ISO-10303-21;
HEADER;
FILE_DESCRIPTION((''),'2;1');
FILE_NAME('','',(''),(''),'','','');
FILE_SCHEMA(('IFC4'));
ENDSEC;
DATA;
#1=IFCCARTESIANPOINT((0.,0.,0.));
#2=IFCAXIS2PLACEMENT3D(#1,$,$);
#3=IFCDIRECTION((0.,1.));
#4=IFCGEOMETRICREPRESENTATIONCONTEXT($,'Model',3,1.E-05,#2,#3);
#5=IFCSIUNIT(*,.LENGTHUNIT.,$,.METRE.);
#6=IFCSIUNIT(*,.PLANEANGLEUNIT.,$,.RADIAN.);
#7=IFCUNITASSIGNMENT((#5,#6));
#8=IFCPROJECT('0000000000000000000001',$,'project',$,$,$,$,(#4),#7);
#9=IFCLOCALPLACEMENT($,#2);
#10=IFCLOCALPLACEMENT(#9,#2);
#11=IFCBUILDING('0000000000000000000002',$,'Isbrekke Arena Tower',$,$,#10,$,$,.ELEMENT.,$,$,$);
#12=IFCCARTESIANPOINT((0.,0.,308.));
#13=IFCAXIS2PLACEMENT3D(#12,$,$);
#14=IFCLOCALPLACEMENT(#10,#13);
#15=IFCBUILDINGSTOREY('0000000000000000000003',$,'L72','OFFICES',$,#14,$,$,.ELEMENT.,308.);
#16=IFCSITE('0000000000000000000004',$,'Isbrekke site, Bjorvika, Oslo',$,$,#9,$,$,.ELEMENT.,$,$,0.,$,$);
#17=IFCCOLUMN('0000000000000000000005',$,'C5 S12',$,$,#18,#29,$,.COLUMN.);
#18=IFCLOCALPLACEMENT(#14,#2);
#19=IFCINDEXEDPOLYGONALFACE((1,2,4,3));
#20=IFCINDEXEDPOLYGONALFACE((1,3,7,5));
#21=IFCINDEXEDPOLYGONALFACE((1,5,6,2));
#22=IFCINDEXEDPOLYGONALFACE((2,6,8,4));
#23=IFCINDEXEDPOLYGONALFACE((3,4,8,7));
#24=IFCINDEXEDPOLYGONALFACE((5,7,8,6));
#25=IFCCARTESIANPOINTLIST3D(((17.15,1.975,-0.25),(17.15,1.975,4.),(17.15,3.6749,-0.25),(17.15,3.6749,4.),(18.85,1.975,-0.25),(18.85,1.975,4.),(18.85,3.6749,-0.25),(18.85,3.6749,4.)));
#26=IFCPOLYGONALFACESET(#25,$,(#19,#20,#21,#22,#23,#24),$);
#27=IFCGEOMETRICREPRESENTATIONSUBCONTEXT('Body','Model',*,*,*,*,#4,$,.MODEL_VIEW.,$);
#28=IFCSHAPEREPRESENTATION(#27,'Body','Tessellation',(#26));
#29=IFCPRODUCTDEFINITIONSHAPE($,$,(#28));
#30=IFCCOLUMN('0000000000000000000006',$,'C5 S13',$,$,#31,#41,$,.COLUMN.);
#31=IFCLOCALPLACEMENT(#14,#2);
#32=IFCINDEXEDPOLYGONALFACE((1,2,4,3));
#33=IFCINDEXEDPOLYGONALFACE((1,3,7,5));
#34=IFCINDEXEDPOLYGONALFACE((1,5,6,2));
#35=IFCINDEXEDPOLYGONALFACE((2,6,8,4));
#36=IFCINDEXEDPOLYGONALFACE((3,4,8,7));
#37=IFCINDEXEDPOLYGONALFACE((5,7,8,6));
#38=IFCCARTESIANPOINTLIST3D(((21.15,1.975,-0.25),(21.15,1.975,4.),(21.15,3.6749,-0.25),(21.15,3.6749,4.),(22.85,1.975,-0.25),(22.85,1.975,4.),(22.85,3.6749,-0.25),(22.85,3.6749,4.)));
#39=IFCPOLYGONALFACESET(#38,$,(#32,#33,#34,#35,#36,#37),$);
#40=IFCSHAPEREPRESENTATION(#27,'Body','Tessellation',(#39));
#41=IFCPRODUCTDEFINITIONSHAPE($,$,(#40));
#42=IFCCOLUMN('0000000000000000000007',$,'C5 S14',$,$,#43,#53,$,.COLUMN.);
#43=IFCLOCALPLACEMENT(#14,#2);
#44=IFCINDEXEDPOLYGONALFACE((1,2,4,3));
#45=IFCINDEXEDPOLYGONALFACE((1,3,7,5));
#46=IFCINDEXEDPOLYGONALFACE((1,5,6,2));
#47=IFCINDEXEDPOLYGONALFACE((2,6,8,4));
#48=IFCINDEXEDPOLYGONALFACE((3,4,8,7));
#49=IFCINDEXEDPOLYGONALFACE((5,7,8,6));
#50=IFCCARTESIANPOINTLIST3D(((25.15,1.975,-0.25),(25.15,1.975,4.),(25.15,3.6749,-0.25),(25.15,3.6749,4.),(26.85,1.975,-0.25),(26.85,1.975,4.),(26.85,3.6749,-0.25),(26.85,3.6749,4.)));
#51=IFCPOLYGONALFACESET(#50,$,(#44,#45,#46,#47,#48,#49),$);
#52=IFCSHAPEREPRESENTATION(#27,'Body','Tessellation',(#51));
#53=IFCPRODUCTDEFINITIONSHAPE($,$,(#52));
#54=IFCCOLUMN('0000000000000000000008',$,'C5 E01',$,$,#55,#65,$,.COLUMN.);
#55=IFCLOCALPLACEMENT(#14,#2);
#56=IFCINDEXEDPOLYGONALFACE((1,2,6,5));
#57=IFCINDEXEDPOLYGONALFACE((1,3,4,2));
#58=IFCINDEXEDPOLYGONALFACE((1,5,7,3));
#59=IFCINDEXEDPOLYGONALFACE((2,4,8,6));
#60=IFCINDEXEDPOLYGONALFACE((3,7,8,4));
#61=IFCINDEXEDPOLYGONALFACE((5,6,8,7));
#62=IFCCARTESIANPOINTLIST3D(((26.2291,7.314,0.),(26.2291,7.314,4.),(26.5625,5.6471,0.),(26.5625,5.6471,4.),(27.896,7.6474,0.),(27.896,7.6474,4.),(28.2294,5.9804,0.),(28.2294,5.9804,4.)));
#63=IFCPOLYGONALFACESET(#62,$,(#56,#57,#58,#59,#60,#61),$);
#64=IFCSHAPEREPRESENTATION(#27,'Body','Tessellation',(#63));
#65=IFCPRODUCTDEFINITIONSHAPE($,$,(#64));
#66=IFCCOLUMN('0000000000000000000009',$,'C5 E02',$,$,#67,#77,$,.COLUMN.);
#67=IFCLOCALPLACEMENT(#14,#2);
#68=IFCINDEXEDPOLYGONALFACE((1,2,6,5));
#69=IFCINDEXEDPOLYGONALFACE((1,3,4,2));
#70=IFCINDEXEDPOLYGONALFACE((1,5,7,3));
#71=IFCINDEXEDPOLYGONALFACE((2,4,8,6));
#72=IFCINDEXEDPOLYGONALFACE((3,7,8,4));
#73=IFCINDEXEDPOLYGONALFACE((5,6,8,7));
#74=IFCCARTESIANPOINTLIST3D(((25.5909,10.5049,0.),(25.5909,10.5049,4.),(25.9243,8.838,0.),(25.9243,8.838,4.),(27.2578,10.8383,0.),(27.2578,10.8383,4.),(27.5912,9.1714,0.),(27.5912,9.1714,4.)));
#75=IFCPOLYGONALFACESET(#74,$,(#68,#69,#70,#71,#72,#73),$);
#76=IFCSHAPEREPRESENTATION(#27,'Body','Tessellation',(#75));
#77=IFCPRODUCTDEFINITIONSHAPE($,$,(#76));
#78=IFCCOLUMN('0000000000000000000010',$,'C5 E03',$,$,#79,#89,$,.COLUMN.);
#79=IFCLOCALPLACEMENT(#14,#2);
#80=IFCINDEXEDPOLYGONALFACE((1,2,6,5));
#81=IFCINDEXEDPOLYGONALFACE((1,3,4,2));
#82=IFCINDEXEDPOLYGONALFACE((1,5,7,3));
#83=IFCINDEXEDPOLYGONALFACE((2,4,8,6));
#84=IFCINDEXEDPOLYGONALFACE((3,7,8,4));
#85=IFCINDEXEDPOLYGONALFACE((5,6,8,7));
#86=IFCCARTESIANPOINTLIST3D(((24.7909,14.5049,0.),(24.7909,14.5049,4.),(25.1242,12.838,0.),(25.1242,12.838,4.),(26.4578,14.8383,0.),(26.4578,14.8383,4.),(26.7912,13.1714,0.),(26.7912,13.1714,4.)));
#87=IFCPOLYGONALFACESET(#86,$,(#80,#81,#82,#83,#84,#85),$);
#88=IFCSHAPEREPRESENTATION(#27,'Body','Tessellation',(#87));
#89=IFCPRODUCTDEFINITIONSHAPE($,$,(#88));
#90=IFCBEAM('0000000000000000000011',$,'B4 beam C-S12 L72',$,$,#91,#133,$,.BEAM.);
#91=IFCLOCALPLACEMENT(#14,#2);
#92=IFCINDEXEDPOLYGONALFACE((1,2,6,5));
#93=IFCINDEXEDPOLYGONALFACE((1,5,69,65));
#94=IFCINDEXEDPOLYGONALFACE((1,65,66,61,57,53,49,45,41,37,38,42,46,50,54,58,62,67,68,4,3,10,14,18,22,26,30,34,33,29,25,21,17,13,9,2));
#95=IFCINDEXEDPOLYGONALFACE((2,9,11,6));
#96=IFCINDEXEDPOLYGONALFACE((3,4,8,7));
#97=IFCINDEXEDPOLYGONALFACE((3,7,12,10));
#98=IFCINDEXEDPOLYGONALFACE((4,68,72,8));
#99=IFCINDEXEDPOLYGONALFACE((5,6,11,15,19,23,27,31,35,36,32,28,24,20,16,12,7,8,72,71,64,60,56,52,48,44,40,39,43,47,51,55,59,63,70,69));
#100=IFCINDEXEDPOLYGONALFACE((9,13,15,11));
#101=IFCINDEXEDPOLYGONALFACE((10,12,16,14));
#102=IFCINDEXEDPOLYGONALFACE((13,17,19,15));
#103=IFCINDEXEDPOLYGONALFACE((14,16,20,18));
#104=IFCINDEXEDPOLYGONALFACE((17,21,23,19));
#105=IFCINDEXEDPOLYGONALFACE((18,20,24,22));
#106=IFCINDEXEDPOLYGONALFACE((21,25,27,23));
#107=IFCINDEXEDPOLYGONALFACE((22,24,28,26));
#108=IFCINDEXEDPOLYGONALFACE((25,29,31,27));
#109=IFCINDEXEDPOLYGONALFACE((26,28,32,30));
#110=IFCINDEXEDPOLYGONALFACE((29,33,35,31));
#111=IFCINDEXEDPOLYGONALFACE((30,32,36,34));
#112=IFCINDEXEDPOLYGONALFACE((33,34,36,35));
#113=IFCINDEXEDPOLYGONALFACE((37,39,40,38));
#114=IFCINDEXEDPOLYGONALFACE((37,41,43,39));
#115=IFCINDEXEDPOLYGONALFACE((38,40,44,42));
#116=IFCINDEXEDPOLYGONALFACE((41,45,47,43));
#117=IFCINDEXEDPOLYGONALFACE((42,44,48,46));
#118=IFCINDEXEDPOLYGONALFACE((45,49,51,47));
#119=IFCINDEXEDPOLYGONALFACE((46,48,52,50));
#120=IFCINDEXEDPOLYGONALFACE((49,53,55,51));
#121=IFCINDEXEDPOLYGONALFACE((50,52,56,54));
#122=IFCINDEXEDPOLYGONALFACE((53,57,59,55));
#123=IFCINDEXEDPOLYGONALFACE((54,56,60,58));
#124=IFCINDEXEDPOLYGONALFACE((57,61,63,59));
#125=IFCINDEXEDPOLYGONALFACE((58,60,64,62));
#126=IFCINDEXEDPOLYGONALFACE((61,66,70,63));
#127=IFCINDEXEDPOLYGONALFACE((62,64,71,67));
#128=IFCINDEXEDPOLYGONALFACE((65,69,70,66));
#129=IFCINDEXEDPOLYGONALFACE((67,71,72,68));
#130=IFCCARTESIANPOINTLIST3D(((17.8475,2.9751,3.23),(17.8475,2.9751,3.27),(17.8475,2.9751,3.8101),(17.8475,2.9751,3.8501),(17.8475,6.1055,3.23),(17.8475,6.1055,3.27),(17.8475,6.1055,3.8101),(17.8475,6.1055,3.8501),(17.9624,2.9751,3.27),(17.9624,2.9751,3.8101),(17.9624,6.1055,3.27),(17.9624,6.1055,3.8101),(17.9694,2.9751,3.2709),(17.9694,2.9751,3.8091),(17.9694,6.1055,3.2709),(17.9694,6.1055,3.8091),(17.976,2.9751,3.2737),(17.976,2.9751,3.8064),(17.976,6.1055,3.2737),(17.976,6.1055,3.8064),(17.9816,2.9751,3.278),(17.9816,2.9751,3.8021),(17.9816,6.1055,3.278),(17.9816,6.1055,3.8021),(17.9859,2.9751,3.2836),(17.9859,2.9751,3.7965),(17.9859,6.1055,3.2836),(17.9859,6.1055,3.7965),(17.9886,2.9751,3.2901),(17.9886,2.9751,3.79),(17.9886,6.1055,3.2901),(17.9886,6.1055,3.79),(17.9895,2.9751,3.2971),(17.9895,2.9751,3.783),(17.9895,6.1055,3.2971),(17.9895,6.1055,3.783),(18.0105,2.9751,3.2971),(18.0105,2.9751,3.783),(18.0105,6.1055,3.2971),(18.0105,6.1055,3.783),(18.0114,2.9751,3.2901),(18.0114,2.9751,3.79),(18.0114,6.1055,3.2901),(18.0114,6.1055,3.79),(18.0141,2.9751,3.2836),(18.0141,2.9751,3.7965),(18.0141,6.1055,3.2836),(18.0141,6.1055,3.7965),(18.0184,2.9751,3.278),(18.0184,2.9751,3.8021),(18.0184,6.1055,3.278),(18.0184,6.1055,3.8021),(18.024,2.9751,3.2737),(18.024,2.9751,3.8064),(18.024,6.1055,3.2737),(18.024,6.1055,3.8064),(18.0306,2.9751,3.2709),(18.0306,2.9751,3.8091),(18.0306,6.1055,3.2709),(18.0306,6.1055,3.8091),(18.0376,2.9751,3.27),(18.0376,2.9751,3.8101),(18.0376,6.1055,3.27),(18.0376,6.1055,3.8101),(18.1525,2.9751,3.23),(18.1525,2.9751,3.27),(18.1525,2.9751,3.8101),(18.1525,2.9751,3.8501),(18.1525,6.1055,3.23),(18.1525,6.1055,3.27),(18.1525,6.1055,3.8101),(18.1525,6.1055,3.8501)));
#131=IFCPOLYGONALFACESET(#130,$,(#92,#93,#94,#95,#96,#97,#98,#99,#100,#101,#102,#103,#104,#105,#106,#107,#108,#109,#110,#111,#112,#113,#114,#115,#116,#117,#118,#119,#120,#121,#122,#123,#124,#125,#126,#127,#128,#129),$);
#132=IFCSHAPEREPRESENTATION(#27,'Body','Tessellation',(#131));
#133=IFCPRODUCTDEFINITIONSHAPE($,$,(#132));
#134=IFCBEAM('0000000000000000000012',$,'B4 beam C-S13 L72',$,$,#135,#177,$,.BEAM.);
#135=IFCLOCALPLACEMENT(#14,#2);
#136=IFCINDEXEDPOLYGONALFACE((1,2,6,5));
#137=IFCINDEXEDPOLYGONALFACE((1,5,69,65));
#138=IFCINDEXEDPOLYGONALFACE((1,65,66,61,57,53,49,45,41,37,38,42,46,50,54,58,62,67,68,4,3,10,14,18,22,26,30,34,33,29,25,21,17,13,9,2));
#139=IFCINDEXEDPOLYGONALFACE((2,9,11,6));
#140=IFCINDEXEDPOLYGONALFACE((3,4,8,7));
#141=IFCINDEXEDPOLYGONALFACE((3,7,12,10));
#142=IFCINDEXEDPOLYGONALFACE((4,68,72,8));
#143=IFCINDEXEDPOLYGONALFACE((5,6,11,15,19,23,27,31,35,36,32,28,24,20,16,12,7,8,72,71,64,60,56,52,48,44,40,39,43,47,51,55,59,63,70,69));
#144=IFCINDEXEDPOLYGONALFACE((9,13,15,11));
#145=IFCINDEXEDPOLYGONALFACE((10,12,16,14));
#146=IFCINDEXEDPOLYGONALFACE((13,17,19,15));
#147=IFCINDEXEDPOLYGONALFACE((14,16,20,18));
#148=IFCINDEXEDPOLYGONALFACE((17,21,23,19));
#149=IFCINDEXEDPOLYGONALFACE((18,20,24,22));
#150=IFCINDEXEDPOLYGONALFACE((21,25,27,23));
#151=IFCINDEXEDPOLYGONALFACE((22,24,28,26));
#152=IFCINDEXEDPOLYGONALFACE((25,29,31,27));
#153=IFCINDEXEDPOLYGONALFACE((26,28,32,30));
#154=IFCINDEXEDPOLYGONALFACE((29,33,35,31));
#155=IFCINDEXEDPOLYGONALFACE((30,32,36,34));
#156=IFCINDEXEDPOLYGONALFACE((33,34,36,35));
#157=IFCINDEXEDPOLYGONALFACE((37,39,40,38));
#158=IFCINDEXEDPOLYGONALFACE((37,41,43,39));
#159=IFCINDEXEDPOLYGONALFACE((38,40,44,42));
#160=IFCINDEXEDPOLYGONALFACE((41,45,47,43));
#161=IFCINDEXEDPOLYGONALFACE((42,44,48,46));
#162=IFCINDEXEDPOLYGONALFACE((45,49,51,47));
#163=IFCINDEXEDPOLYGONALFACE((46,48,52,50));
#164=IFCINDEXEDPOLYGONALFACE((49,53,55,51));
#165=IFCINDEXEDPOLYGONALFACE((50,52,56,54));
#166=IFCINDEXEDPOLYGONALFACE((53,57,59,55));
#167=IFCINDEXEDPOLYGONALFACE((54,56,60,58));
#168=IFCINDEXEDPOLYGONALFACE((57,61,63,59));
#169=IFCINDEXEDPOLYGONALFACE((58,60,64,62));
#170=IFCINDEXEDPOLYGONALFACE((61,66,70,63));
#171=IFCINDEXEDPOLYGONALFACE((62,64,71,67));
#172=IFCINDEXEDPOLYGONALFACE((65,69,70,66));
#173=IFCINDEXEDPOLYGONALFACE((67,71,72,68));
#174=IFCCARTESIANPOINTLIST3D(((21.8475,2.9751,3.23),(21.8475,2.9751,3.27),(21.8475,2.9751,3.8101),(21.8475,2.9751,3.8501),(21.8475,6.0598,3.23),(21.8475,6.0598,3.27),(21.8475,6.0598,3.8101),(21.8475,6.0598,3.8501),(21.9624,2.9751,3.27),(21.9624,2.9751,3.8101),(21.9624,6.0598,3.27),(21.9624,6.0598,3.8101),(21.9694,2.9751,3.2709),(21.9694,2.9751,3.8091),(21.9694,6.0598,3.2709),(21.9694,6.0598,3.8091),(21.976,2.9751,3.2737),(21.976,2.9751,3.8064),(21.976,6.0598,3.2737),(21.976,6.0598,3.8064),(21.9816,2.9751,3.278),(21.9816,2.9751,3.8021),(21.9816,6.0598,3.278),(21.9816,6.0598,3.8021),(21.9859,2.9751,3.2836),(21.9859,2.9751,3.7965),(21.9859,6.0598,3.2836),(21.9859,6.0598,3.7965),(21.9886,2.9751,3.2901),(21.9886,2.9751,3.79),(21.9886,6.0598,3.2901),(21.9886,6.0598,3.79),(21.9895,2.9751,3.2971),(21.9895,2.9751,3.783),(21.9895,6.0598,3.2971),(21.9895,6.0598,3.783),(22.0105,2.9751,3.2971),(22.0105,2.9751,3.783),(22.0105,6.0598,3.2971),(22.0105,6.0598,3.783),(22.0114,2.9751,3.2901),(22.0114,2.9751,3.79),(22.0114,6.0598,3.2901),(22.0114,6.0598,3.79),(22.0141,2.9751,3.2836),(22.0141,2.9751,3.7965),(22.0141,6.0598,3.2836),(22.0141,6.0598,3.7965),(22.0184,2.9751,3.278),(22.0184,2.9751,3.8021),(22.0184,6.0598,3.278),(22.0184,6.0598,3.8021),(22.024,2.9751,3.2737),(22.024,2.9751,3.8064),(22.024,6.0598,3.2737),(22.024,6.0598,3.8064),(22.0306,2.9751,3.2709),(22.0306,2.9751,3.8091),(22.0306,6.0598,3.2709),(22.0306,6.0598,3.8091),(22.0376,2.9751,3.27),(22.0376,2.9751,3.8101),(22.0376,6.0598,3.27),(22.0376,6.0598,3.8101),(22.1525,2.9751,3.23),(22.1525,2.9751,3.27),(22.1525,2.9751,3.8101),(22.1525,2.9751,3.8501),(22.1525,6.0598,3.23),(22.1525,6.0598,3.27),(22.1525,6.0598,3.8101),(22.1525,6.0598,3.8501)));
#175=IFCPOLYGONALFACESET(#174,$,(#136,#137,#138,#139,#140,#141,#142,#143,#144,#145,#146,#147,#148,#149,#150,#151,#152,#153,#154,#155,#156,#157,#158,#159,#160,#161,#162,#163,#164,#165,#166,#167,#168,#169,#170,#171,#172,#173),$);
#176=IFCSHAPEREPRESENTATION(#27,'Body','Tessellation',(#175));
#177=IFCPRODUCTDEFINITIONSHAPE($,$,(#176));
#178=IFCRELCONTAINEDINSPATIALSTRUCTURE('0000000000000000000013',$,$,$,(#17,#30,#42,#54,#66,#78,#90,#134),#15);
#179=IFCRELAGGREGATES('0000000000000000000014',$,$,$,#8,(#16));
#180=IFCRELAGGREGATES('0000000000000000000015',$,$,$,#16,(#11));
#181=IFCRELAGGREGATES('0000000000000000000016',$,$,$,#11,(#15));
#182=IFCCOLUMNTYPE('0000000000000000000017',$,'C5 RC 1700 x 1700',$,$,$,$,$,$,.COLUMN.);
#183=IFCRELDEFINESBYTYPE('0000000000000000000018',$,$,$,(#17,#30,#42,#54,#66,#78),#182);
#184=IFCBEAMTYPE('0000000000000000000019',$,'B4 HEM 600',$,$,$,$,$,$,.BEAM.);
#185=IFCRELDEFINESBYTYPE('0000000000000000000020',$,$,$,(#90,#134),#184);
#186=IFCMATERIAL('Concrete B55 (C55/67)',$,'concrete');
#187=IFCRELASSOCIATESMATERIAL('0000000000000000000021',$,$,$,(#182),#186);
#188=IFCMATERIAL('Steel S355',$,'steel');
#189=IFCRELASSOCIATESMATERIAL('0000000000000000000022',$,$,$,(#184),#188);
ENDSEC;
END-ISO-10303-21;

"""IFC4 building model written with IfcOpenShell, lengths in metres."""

from ifc_helpers import new_model, si_unit, direction, frame, origin, origin_2d, place, context, subcontext, project, spatial, rectangle, i_section, extrude, material, material_profile, profile_set, type_object, element, save


model = new_model("IFC4")

# Units and contexts
model_context = context("Model", 3, precision=1e-05, world=origin(), true_north=direction((0.0, 1.0)))
body_context = subcontext(model_context, "Body", "Model", "MODEL_VIEW")
ifc_project = project(units=[si_unit("LENGTHUNIT", "METRE"), si_unit("PLANEANGLEUNIT", "RADIAN")], contexts=[model_context])

# Site, building, storey
site_placement = place(None, origin())
site = spatial("IfcSite", under=ifc_project, at=site_placement, Name="Isbrekke site, Bjorvika, Oslo", CompositionType="ELEMENT", RefElevation=0.0)
building_placement = place(site_placement, origin())
building = spatial("IfcBuilding", under=site, at=building_placement, Name="Isbrekke Arena Tower", CompositionType="ELEMENT")
storey_placement = place(building_placement, frame((0.0, 0.0, 308.0)))
storey = spatial("IfcBuildingStorey", under=building, at=storey_placement, Name="L72", Description="OFFICES", CompositionType="ELEMENT", Elevation=308.0)

# Columns
ifc_material_1 = material(Name="Concrete B55 (C55/67)", Category="concrete")
ifc_material_profile_1 = material_profile(ifc_material_1, rectangle(XDim=1.7, YDim=1.7, at=origin_2d()), Name="RC 1700x1700")
ifc_profile_set_1 = profile_set([ifc_material_profile_1], Name="Concrete B55 (C55/67)")
column_type = type_object("IfcColumnType", Name="C5 RC 1700 x 1700", PredefinedType="COLUMN", material=ifc_profile_set_1)
for number, where, z_axis, x_axis, name in (
    (1, (18.0, 2.825, -0.25), (0.0, 0.0, 1.0), (1.0, 0.0, 0.0), "C5 S12"),
    (2, (22.0, 2.825, -0.25), (0.0, 0.0, 1.0), (1.0, 0.0, 0.0), "C5 S13"),
    (3, (26.0, 2.825, -0.25), (0.0, 0.0, 1.0), (1.0, 0.0, 0.0), "C5 S14"),
):
    element("IfcColumn", number, at=place(storey_placement, frame(where, z_axis=z_axis, x_axis=x_axis)), inside=storey, type_object=column_type, Name=name, PredefinedType="COLUMN", context=body_context, shape_type="SweptSolid", body=[
        extrude(rectangle(XDim=1.7, YDim=1.7, at=origin_2d()), origin(), (0.0, 0.0, 1.0), 4.25),
    ])
for number, where, z_axis, x_axis, name in (
    (4, (27.2292, 6.6472, 0.0), (0.0, 0.0, 1.0), (-0.196116, 0.980581, 0.0), "C5 E01"),
    (5, (26.5911, 9.8381, 0.0), (0.0, 0.0, 1.0), (-0.196116, 0.980581, 0.0), "C5 E02"),
    (6, (25.791, 13.8381, 0.0), (0.0, 0.0, 1.0), (-0.196116, 0.980581, 0.0), "C5 E03"),
):
    element("IfcColumn", number, at=place(storey_placement, frame(where, z_axis=z_axis, x_axis=x_axis)), inside=storey, type_object=column_type, Name=name, PredefinedType="COLUMN", context=body_context, shape_type="SweptSolid", body=[
        extrude(rectangle(XDim=1.7, YDim=1.7, at=origin_2d()), origin(), (0.0, 0.0, 1.0), 4.0),
    ])

# Beams
ifc_material_2 = material(Name="Steel S355", Category="steel")
ifc_material_profile_2 = material_profile(ifc_material_2, i_section(OverallWidth=0.3049, OverallDepth=0.6201, WebThickness=0.021, FlangeThickness=0.04, FilletRadius=0.0271, at=origin_2d()), Name="HEM 600")
ifc_profile_set_2 = profile_set([ifc_material_profile_2], Name="Steel S355")
beam_type_1 = type_object("IfcBeamType", Name="B4 HEM 600", PredefinedType="BEAM", material=ifc_profile_set_2)
beam_1_placement = place(storey_placement, frame((18.0, 2.9751, 3.54), z_axis=(0.0, 1.0, 0.0), x_axis=(-1.0, 0.0, 0.0)))
element("IfcBeam", 7, at=beam_1_placement, inside=storey, type_object=beam_type_1, Name="B4 beam C-S12 L72", PredefinedType="BEAM", context=body_context, shape_type="SweptSolid", body=[
    extrude(i_section(OverallWidth=0.3049, OverallDepth=0.6201, WebThickness=0.021, FlangeThickness=0.04, FilletRadius=0.0271, at=origin_2d()), origin(), (0.0, 0.0, 1.0), 3.1304),
])
beam_2_placement = place(storey_placement, frame((22.0, 2.9751, 3.54), z_axis=(0.0, 1.0, 0.0), x_axis=(-1.0, 0.0, 0.0)))
element("IfcBeam", 8, at=beam_2_placement, inside=storey, type_object=beam_type_1, Name="B4 beam C-S13 L72", PredefinedType="BEAM", context=body_context, shape_type="SweptSolid", body=[
    extrude(i_section(OverallWidth=0.3049, OverallDepth=0.6201, WebThickness=0.021, FlangeThickness=0.04, FilletRadius=0.0271, at=origin_2d()), origin(), (0.0, 0.0, 1.0), 3.0847),
])

save(model, "model.ifc")
